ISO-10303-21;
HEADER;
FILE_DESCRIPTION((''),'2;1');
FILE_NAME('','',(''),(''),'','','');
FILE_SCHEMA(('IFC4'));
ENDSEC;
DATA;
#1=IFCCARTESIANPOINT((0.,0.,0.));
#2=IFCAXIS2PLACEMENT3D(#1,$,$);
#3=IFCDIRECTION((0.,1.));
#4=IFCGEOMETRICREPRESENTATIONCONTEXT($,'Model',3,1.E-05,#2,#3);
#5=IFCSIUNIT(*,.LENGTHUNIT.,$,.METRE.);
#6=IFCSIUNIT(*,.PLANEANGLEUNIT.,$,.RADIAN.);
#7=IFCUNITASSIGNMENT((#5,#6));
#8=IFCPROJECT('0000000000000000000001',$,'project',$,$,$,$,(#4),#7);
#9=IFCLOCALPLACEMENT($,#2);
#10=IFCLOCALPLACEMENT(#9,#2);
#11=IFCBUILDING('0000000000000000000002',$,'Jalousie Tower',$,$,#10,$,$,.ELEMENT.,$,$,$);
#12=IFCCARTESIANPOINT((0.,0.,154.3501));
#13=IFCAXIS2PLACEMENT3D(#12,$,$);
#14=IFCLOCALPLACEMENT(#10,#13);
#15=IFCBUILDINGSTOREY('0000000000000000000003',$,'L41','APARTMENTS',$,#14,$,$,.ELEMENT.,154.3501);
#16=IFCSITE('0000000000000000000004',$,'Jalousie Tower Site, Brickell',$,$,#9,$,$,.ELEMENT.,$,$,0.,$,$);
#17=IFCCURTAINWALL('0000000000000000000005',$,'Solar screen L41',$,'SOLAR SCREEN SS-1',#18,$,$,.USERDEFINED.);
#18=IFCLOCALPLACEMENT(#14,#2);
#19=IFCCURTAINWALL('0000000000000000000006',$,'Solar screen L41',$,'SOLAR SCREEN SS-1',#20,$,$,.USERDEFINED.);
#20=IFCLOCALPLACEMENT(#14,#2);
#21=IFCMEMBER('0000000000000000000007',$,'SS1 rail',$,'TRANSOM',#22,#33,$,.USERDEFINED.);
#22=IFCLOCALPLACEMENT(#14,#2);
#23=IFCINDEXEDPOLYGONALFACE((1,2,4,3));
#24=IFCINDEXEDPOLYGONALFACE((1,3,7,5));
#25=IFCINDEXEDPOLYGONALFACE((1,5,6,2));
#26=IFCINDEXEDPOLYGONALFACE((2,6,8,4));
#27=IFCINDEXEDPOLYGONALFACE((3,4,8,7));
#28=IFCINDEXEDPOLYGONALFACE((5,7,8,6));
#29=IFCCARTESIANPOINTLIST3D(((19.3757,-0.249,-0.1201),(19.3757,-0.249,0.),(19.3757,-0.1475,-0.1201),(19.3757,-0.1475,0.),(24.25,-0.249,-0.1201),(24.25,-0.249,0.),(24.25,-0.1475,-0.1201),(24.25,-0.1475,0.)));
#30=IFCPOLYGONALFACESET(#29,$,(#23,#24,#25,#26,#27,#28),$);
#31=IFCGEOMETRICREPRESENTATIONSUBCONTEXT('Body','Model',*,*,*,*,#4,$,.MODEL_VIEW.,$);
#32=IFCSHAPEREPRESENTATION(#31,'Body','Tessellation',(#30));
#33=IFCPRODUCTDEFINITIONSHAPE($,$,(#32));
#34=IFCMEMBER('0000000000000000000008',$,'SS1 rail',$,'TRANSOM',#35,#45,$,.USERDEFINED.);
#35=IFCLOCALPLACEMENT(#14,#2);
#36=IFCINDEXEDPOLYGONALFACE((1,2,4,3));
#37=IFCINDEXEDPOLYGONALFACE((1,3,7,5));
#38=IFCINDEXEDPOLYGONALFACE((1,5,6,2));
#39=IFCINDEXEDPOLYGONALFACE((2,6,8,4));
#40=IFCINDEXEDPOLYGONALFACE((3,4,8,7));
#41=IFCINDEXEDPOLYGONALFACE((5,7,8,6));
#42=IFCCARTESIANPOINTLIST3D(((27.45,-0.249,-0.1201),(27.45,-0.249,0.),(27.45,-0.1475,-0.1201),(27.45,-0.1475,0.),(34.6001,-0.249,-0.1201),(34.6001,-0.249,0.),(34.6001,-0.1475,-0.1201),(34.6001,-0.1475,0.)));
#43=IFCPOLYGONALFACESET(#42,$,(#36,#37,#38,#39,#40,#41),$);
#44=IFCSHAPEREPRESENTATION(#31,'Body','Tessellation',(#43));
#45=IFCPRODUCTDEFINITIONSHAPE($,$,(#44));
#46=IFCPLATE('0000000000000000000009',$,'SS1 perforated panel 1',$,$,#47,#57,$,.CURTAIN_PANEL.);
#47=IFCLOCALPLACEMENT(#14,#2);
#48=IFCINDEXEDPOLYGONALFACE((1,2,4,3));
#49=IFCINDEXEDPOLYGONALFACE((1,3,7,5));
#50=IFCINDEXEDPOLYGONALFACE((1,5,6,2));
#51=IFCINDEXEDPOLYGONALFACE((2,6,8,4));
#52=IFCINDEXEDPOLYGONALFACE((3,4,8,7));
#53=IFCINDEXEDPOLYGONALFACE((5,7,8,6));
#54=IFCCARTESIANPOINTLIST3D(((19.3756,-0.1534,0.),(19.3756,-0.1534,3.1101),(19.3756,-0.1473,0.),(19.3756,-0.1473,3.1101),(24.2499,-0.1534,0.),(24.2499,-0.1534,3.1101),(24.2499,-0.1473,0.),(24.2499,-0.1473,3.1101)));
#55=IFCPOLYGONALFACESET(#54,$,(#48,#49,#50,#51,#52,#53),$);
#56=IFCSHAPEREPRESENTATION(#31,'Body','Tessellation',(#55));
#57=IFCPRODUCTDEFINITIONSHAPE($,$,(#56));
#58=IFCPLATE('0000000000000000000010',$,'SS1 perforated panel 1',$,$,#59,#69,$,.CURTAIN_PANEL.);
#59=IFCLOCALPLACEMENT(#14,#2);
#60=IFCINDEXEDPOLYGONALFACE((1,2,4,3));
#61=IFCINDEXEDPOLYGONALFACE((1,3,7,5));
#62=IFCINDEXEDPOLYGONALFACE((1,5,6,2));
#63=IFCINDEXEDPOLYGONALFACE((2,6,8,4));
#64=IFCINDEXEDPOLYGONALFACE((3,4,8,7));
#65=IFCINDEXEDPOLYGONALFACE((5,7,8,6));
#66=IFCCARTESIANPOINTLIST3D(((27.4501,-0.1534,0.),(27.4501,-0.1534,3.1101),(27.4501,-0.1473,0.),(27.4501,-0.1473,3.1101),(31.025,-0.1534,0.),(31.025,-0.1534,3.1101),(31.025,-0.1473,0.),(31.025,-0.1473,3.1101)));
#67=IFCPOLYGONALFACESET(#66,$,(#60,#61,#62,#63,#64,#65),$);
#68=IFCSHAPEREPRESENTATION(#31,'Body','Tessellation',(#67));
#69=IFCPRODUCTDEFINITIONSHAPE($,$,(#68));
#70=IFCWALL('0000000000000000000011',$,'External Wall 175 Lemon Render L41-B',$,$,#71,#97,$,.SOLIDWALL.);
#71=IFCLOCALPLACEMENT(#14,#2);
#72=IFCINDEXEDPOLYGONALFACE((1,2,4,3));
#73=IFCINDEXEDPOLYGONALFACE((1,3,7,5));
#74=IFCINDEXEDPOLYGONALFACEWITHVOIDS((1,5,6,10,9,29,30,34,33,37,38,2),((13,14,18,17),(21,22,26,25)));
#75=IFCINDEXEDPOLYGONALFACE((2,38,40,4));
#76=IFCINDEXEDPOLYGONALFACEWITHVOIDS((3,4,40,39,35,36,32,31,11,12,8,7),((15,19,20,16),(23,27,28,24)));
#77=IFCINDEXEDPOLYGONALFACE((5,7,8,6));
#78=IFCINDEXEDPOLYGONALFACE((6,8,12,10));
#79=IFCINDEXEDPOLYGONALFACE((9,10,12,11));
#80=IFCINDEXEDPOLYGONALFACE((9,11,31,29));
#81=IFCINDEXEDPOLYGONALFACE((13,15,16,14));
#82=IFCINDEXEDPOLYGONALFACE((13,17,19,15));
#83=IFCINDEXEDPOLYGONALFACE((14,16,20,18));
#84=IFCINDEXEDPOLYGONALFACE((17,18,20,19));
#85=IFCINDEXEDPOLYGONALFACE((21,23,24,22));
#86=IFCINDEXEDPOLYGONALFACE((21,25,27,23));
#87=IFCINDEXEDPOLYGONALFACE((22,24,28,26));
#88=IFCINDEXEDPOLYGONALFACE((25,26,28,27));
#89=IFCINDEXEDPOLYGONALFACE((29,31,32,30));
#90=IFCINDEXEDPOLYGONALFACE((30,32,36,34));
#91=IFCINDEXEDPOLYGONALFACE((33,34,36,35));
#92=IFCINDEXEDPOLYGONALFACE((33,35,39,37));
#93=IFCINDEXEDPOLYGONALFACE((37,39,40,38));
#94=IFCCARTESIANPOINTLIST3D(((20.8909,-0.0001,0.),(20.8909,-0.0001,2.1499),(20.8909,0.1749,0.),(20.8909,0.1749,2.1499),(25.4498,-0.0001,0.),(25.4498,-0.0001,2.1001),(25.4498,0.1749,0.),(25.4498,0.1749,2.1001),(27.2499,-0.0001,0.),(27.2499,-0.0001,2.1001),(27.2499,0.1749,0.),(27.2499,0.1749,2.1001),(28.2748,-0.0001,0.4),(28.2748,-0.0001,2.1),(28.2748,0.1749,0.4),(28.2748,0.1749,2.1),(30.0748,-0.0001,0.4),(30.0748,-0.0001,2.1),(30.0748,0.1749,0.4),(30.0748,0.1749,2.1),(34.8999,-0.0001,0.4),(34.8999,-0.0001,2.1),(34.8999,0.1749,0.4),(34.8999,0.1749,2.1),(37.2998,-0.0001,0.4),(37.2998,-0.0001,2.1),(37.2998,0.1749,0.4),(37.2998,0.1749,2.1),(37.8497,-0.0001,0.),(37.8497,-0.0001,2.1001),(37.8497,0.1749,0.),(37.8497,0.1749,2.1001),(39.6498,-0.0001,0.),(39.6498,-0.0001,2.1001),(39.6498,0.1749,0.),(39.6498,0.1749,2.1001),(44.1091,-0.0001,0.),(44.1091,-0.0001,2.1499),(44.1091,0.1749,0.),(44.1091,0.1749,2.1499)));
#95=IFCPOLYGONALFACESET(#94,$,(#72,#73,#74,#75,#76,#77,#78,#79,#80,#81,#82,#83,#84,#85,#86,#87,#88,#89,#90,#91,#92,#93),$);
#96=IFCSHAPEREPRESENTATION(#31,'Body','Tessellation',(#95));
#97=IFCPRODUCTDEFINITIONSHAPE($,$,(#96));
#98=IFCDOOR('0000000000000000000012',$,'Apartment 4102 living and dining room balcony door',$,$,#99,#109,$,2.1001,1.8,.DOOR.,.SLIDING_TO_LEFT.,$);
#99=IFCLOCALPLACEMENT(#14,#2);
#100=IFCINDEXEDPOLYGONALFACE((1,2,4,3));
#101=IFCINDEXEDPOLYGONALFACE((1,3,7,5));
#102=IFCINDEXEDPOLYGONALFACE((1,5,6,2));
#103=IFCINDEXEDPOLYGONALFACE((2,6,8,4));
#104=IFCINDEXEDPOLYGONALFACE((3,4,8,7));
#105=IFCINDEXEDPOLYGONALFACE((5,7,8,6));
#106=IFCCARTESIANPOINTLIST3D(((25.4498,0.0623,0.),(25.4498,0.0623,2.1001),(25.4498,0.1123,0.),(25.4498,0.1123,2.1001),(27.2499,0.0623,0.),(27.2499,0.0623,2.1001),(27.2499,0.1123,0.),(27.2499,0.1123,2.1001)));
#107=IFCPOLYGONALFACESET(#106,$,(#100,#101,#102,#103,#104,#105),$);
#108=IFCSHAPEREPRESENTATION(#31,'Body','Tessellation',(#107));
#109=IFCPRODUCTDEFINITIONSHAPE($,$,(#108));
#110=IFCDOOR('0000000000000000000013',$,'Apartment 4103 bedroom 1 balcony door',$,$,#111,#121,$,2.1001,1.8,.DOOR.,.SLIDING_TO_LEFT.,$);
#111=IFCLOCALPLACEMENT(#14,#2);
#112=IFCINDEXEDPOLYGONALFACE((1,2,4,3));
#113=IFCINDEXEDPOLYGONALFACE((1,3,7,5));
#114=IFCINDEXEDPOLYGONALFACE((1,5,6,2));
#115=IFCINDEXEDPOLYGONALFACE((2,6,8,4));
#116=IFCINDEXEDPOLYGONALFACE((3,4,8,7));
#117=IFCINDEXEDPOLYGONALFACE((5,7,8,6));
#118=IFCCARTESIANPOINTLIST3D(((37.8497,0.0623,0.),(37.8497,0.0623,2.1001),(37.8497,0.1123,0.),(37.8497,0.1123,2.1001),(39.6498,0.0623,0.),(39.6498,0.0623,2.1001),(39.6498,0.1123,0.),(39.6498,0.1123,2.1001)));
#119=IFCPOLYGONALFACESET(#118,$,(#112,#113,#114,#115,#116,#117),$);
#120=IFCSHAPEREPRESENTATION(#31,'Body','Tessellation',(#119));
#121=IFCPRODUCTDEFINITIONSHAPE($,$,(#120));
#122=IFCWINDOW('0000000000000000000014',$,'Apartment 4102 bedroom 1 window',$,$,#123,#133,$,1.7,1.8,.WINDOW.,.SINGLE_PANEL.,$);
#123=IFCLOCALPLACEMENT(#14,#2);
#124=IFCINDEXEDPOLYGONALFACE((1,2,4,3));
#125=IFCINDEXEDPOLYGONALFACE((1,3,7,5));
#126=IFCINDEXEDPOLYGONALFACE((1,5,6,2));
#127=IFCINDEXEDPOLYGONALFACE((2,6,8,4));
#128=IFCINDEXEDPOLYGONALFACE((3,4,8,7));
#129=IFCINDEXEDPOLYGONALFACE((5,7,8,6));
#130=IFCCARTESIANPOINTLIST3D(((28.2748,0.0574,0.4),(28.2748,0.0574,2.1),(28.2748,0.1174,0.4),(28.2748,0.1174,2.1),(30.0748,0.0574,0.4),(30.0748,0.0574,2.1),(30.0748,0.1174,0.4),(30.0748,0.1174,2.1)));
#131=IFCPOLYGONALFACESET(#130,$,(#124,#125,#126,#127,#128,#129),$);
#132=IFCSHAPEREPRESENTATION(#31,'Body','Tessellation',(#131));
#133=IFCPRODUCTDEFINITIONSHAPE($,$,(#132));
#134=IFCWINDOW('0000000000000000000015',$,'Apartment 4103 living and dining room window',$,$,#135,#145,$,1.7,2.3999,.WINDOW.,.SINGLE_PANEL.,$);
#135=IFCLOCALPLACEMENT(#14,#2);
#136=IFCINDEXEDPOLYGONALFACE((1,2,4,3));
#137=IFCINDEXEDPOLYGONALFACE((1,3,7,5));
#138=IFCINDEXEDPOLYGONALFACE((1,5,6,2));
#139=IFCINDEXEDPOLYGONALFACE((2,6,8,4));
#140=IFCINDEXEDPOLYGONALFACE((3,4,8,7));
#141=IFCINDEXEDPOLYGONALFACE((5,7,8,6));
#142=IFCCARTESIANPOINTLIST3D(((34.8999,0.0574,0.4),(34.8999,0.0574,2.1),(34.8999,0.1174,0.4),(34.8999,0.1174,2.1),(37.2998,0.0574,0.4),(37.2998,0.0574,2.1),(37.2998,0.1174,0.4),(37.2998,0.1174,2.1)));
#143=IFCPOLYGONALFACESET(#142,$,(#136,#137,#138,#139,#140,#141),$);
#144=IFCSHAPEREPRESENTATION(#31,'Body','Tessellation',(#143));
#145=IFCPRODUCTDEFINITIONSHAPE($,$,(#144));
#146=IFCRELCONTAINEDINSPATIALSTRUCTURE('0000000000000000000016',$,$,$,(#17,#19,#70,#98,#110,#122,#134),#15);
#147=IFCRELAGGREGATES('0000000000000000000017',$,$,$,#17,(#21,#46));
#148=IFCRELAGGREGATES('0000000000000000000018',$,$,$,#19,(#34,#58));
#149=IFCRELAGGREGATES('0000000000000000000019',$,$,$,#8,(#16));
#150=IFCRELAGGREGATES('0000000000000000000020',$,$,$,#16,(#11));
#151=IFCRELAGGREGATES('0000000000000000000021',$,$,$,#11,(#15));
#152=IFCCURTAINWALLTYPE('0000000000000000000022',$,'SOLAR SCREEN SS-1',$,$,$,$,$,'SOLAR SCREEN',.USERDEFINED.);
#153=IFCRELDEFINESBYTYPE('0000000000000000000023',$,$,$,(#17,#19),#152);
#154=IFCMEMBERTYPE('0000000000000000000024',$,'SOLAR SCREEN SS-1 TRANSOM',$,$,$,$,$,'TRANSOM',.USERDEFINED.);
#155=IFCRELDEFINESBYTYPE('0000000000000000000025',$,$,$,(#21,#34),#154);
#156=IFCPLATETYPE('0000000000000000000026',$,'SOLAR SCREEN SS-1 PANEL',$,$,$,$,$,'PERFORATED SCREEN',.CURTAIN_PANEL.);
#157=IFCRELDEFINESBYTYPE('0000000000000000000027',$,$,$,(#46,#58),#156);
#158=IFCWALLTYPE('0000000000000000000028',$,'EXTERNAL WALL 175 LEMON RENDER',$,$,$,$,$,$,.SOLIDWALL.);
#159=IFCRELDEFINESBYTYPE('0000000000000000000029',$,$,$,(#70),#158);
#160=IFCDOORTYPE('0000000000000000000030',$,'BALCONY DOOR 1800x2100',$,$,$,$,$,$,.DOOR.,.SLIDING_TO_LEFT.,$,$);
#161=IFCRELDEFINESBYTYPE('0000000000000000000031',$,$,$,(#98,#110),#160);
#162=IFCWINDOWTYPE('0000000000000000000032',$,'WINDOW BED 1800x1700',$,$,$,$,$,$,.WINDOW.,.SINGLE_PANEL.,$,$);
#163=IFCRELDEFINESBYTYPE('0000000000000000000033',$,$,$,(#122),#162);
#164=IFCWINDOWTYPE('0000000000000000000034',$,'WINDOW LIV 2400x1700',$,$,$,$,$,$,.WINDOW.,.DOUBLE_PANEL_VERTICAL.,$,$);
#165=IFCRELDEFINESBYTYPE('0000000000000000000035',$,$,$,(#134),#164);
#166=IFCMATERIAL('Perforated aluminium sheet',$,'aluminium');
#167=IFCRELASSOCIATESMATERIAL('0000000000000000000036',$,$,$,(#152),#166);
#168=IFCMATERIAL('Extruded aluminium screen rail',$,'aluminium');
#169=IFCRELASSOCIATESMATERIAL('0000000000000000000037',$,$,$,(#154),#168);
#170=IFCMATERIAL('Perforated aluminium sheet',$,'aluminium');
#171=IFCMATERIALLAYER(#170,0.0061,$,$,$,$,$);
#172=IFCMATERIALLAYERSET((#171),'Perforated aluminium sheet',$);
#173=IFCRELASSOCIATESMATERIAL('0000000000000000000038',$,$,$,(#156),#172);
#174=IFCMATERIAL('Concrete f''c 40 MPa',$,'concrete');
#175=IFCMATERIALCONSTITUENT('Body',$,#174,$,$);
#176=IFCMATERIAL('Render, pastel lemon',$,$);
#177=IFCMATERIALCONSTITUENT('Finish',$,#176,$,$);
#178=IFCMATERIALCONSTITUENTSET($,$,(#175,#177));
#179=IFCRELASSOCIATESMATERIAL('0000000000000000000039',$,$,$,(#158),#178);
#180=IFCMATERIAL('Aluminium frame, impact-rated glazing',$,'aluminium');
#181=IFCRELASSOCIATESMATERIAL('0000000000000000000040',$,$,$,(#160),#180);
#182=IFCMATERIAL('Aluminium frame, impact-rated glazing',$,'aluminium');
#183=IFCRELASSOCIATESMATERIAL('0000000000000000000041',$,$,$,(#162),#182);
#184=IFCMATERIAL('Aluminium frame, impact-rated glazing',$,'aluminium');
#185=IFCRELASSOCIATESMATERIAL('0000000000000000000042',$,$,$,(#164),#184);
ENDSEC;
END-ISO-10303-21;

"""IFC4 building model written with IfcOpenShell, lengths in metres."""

from ifc_helpers import new_model, si_unit, direction, frame, frame_2d, origin, origin_2d, place, context, subcontext, project, spatial, rectangle, extrude, material, layer, layer_set, constituent, constituent_set, material_profile, profile_set, type_object, element, fill, aggregate, save


model = new_model("IFC4")

# Units and contexts
model_context = context("Model", 3, precision=1e-05, world=origin(), true_north=direction((0.0, 1.0)))
body_context = subcontext(model_context, "Body", "Model", "MODEL_VIEW")
ifc_project = project(units=[si_unit("LENGTHUNIT", "METRE"), si_unit("PLANEANGLEUNIT", "RADIAN")], contexts=[model_context])

# Site, building, storey
site_placement = place(None, origin())
site = spatial("IfcSite", under=ifc_project, at=site_placement, Name="Jalousie Tower Site, Brickell", CompositionType="ELEMENT", RefElevation=0.0)
building_placement = place(site_placement, origin())
building = spatial("IfcBuilding", under=site, at=building_placement, Name="Jalousie Tower", CompositionType="ELEMENT")
storey_placement = place(building_placement, frame((0.0, 0.0, 154.3501)))
storey = spatial("IfcBuildingStorey", under=building, at=storey_placement, Name="L41", Description="APARTMENTS", CompositionType="ELEMENT", Elevation=154.3501)

# Curtain walls
ifc_material_1 = material(Name="Perforated aluminium sheet", Category="aluminium")
curtain_wall_type = type_object("IfcCurtainWallType", Name="SOLAR SCREEN SS-1", ElementType="SOLAR SCREEN", PredefinedType="USERDEFINED", material=ifc_material_1)
curtain_wall_1_placement = place(storey_placement, origin())
curtain_wall_1 = element("IfcCurtainWall", 1, at=curtain_wall_1_placement, inside=storey, type_object=curtain_wall_type, Name="Solar screen L41", ObjectType="SOLAR SCREEN SS-1", PredefinedType="USERDEFINED")
curtain_wall_2_placement = place(storey_placement, origin())
curtain_wall_2 = element("IfcCurtainWall", 2, at=curtain_wall_2_placement, inside=storey, type_object=curtain_wall_type, Name="Solar screen L41", ObjectType="SOLAR SCREEN SS-1", PredefinedType="USERDEFINED")

# Members
ifc_material_2 = material(Name="Extruded aluminium screen rail", Category="aluminium")
ifc_material_profile_1 = material_profile(ifc_material_2, rectangle(XDim=0.1016, YDim=0.1201, at=origin_2d()), Name="RAIL 102x120")
ifc_profile_set_1 = profile_set([ifc_material_profile_1], Name="Extruded aluminium screen rail")
member_type_1 = type_object("IfcMemberType", Name="SOLAR SCREEN SS-1 TRANSOM", ElementType="TRANSOM", PredefinedType="USERDEFINED", material=ifc_profile_set_1)
member_1_placement = place(storey_placement, frame((19.3757, -0.1982, -0.0601), z_axis=(1.0, 0.0, 0.0), x_axis=(0.0, 1.0, 0.0)))
member_1 = element("IfcMember", 3, at=member_1_placement, type_object=member_type_1, Name="SS1 rail", ObjectType="TRANSOM", PredefinedType="USERDEFINED", context=body_context, shape_type="SweptSolid", body=[
    extrude(rectangle(XDim=0.1016, YDim=0.1201, at=origin_2d()), origin(), (0.0, 0.0, 1.0), 4.8743),
])
member_2_placement = place(storey_placement, frame((27.45, -0.1982, -0.0601), z_axis=(1.0, 0.0, 0.0), x_axis=(0.0, 1.0, 0.0)))
member_2 = element("IfcMember", 4, at=member_2_placement, type_object=member_type_1, Name="SS1 rail", ObjectType="TRANSOM", PredefinedType="USERDEFINED", context=body_context, shape_type="SweptSolid", body=[
    extrude(rectangle(XDim=0.1016, YDim=0.1201, at=origin_2d()), origin(), (0.0, 0.0, 1.0), 7.1501),
])

# Plates
ifc_material_3 = material(Name="Perforated aluminium sheet", Category="aluminium")
ifc_layer_1 = layer(ifc_material_3, 0.0061)
ifc_layer_set_1 = layer_set([ifc_layer_1], Name="Perforated aluminium sheet")
plate_type = type_object("IfcPlateType", Name="SOLAR SCREEN SS-1 PANEL", ElementType="PERFORATED SCREEN", PredefinedType="CURTAIN_PANEL", material=ifc_layer_set_1)
plate_1_placement = place(storey_placement, frame((21.8127, -0.1504, 0.0), z_axis=(0.0, 0.0, 1.0), x_axis=(1.0, 0.0, 0.0)))
plate_1 = element("IfcPlate", 5, at=plate_1_placement, type_object=plate_type, Name="SS1 perforated panel 1", PredefinedType="CURTAIN_PANEL", context=body_context, shape_type="SweptSolid", body=[
    extrude(rectangle(XDim=4.8743, YDim=0.0061, at=origin_2d()), origin(), (0.0, 0.0, 1.0), 3.1101),
])
aggregate(curtain_wall_1, [member_1, plate_1])
plate_2_placement = place(storey_placement, frame((29.2375, -0.1504, 0.0), z_axis=(0.0, 0.0, 1.0), x_axis=(1.0, 0.0, 0.0)))
plate_2 = element("IfcPlate", 6, at=plate_2_placement, type_object=plate_type, Name="SS1 perforated panel 1", PredefinedType="CURTAIN_PANEL", context=body_context, shape_type="SweptSolid", body=[
    extrude(rectangle(XDim=3.575, YDim=0.0061, at=origin_2d()), origin(), (0.0, 0.0, 1.0), 3.1101),
])
aggregate(curtain_wall_2, [member_2, plate_2])

# Wall, openings, doors, windows
ifc_material_4 = material(Name="Concrete f'c 40 MPa", Category="concrete")
ifc_constituent_1 = constituent(ifc_material_4, Name="Body")
ifc_material_5 = material(Name="Render, pastel lemon")
ifc_constituent_2 = constituent(ifc_material_5, Name="Finish")
ifc_constituent_set_1 = constituent_set(constituents=[ifc_constituent_1, ifc_constituent_2])
wall_type_1 = type_object("IfcWallType", Name="EXTERNAL WALL 175 LEMON RENDER", PredefinedType="SOLIDWALL", material=ifc_constituent_set_1)
wall_1_placement = place(storey_placement, frame((20.8909, 0.0874, 0.0), z_axis=(0.0, 0.0, 1.0), x_axis=(1.0, 0.0, 0.0)))
wall_1 = element("IfcWall", 7, at=wall_1_placement, inside=storey, type_object=wall_type_1, Name="External Wall 175 Lemon Render L41-B", PredefinedType="SOLIDWALL", context=body_context, shape_type="SweptSolid", body=[
    extrude(rectangle(XDim=23.2183, YDim=0.175, at=frame_2d((11.6091, 0.0))), origin(), (0.0, 0.0, 1.0), 2.1499),
])
opening_1_placement = place(wall_1_placement, frame((4.5591, 0.0, 0.0)))
opening_1 = element("IfcOpeningElement", 8, at=opening_1_placement, cuts=wall_1, PredefinedType="OPENING", context=body_context, shape_type="SweptSolid", body=[
    extrude(rectangle(XDim=1.8, YDim=2.1001, at=frame_2d((0.8999, 1.05))), frame((0.0, 0.0974, 0.0), z_axis=(0.0, -1.0, 0.0), x_axis=(1.0, 0.0, 0.0)), (0.0, 0.0, 1.0), 0.1951),
])
opening_2_placement = place(wall_1_placement, frame((7.384, 0.0, 0.3999)))
opening_2 = element("IfcOpeningElement", 9, at=opening_2_placement, cuts=wall_1, PredefinedType="OPENING", context=body_context, shape_type="SweptSolid", body=[
    extrude(rectangle(XDim=1.8, YDim=1.7, at=frame_2d((0.8999, 0.8501))), frame((0.0, 0.0974, 0.0), z_axis=(0.0, -1.0, 0.0), x_axis=(1.0, 0.0, 0.0)), (0.0, 0.0, 1.0), 0.1951),
])
opening_3_placement = place(wall_1_placement, frame((14.009, 0.0, 0.3999)))
opening_3 = element("IfcOpeningElement", 10, at=opening_3_placement, cuts=wall_1, PredefinedType="OPENING", context=body_context, shape_type="SweptSolid", body=[
    extrude(rectangle(XDim=2.3999, YDim=1.7, at=frame_2d((1.2, 0.8501))), frame((0.0, 0.0974, 0.0), z_axis=(0.0, -1.0, 0.0), x_axis=(1.0, 0.0, 0.0)), (0.0, 0.0, 1.0), 0.1951),
])
opening_4_placement = place(wall_1_placement, frame((16.959, 0.0, 0.0)))
opening_4 = element("IfcOpeningElement", 11, at=opening_4_placement, cuts=wall_1, PredefinedType="OPENING", context=body_context, shape_type="SweptSolid", body=[
    extrude(rectangle(XDim=1.8, YDim=2.1001, at=frame_2d((0.8999, 1.05))), frame((0.0, 0.0974, 0.0), z_axis=(0.0, -1.0, 0.0), x_axis=(1.0, 0.0, 0.0)), (0.0, 0.0, 1.0), 0.1951),
])
ifc_material_6 = material(Name="Aluminium frame, impact-rated glazing", Category="aluminium")
door_type_1 = type_object("IfcDoorType", Name="BALCONY DOOR 1800x2100", OperationType="SLIDING_TO_LEFT", PredefinedType="DOOR", material=ifc_material_6)
door_1_placement = place(opening_1_placement, origin())
door_1 = element("IfcDoor", 12, at=door_1_placement, inside=storey, type_object=door_type_1, Name="Apartment 4102 living and dining room balcony door", OperationType="SLIDING_TO_LEFT", OverallHeight=2.1001, OverallWidth=1.8, PredefinedType="DOOR", context=body_context, shape_type="SweptSolid", body=[
    extrude(rectangle(XDim=1.8, YDim=2.1001, at=frame_2d((0.8999, 1.05))), frame((0.0, 0.0249, 0.0), z_axis=(0.0, -1.0, 0.0), x_axis=(1.0, 0.0, 0.0)), (0.0, 0.0, 1.0), 0.05),
])
fill(opening_1, door_1)
door_2_placement = place(opening_4_placement, origin())
door_2 = element("IfcDoor", 13, at=door_2_placement, inside=storey, type_object=door_type_1, Name="Apartment 4103 bedroom 1 balcony door", OperationType="SLIDING_TO_LEFT", OverallHeight=2.1001, OverallWidth=1.8, PredefinedType="DOOR", context=body_context, shape_type="SweptSolid", body=[
    extrude(rectangle(XDim=1.8, YDim=2.1001, at=frame_2d((0.8999, 1.05))), frame((0.0, 0.0249, 0.0), z_axis=(0.0, -1.0, 0.0), x_axis=(1.0, 0.0, 0.0)), (0.0, 0.0, 1.0), 0.05),
])
fill(opening_4, door_2)
ifc_material_7 = material(Name="Aluminium frame, impact-rated glazing", Category="aluminium")
window_type_1 = type_object("IfcWindowType", Name="WINDOW BED 1800x1700", PartitioningType="SINGLE_PANEL", PredefinedType="WINDOW", material=ifc_material_7)
window_1_placement = place(opening_2_placement, origin())
window_1 = element("IfcWindow", 14, at=window_1_placement, inside=storey, type_object=window_type_1, Name="Apartment 4102 bedroom 1 window", OverallHeight=1.7, OverallWidth=1.8, PartitioningType="SINGLE_PANEL", PredefinedType="WINDOW", context=body_context, shape_type="SweptSolid", body=[
    extrude(rectangle(XDim=1.8, YDim=1.7, at=frame_2d((0.8999, 0.8501))), frame((0.0, 0.03, 0.0), z_axis=(0.0, -1.0, 0.0), x_axis=(1.0, 0.0, 0.0)), (0.0, 0.0, 1.0), 0.0601),
])
fill(opening_2, window_1)
ifc_material_8 = material(Name="Aluminium frame, impact-rated glazing", Category="aluminium")
window_type_2 = type_object("IfcWindowType", Name="WINDOW LIV 2400x1700", PartitioningType="DOUBLE_PANEL_VERTICAL", PredefinedType="WINDOW", material=ifc_material_8)
window_2_placement = place(opening_3_placement, origin())
window_2 = element("IfcWindow", 15, at=window_2_placement, inside=storey, type_object=window_type_2, Name="Apartment 4103 living and dining room window", OverallHeight=1.7, OverallWidth=2.3999, PartitioningType="SINGLE_PANEL", PredefinedType="WINDOW", context=body_context, shape_type="SweptSolid", body=[
    extrude(rectangle(XDim=2.3999, YDim=1.7, at=frame_2d((1.2, 0.8501))), frame((0.0, 0.03, 0.0), z_axis=(0.0, -1.0, 0.0), x_axis=(1.0, 0.0, 0.0)), (0.0, 0.0, 1.0), 0.0601),
])
fill(opening_3, window_2)

save(model, "model.ifc")
